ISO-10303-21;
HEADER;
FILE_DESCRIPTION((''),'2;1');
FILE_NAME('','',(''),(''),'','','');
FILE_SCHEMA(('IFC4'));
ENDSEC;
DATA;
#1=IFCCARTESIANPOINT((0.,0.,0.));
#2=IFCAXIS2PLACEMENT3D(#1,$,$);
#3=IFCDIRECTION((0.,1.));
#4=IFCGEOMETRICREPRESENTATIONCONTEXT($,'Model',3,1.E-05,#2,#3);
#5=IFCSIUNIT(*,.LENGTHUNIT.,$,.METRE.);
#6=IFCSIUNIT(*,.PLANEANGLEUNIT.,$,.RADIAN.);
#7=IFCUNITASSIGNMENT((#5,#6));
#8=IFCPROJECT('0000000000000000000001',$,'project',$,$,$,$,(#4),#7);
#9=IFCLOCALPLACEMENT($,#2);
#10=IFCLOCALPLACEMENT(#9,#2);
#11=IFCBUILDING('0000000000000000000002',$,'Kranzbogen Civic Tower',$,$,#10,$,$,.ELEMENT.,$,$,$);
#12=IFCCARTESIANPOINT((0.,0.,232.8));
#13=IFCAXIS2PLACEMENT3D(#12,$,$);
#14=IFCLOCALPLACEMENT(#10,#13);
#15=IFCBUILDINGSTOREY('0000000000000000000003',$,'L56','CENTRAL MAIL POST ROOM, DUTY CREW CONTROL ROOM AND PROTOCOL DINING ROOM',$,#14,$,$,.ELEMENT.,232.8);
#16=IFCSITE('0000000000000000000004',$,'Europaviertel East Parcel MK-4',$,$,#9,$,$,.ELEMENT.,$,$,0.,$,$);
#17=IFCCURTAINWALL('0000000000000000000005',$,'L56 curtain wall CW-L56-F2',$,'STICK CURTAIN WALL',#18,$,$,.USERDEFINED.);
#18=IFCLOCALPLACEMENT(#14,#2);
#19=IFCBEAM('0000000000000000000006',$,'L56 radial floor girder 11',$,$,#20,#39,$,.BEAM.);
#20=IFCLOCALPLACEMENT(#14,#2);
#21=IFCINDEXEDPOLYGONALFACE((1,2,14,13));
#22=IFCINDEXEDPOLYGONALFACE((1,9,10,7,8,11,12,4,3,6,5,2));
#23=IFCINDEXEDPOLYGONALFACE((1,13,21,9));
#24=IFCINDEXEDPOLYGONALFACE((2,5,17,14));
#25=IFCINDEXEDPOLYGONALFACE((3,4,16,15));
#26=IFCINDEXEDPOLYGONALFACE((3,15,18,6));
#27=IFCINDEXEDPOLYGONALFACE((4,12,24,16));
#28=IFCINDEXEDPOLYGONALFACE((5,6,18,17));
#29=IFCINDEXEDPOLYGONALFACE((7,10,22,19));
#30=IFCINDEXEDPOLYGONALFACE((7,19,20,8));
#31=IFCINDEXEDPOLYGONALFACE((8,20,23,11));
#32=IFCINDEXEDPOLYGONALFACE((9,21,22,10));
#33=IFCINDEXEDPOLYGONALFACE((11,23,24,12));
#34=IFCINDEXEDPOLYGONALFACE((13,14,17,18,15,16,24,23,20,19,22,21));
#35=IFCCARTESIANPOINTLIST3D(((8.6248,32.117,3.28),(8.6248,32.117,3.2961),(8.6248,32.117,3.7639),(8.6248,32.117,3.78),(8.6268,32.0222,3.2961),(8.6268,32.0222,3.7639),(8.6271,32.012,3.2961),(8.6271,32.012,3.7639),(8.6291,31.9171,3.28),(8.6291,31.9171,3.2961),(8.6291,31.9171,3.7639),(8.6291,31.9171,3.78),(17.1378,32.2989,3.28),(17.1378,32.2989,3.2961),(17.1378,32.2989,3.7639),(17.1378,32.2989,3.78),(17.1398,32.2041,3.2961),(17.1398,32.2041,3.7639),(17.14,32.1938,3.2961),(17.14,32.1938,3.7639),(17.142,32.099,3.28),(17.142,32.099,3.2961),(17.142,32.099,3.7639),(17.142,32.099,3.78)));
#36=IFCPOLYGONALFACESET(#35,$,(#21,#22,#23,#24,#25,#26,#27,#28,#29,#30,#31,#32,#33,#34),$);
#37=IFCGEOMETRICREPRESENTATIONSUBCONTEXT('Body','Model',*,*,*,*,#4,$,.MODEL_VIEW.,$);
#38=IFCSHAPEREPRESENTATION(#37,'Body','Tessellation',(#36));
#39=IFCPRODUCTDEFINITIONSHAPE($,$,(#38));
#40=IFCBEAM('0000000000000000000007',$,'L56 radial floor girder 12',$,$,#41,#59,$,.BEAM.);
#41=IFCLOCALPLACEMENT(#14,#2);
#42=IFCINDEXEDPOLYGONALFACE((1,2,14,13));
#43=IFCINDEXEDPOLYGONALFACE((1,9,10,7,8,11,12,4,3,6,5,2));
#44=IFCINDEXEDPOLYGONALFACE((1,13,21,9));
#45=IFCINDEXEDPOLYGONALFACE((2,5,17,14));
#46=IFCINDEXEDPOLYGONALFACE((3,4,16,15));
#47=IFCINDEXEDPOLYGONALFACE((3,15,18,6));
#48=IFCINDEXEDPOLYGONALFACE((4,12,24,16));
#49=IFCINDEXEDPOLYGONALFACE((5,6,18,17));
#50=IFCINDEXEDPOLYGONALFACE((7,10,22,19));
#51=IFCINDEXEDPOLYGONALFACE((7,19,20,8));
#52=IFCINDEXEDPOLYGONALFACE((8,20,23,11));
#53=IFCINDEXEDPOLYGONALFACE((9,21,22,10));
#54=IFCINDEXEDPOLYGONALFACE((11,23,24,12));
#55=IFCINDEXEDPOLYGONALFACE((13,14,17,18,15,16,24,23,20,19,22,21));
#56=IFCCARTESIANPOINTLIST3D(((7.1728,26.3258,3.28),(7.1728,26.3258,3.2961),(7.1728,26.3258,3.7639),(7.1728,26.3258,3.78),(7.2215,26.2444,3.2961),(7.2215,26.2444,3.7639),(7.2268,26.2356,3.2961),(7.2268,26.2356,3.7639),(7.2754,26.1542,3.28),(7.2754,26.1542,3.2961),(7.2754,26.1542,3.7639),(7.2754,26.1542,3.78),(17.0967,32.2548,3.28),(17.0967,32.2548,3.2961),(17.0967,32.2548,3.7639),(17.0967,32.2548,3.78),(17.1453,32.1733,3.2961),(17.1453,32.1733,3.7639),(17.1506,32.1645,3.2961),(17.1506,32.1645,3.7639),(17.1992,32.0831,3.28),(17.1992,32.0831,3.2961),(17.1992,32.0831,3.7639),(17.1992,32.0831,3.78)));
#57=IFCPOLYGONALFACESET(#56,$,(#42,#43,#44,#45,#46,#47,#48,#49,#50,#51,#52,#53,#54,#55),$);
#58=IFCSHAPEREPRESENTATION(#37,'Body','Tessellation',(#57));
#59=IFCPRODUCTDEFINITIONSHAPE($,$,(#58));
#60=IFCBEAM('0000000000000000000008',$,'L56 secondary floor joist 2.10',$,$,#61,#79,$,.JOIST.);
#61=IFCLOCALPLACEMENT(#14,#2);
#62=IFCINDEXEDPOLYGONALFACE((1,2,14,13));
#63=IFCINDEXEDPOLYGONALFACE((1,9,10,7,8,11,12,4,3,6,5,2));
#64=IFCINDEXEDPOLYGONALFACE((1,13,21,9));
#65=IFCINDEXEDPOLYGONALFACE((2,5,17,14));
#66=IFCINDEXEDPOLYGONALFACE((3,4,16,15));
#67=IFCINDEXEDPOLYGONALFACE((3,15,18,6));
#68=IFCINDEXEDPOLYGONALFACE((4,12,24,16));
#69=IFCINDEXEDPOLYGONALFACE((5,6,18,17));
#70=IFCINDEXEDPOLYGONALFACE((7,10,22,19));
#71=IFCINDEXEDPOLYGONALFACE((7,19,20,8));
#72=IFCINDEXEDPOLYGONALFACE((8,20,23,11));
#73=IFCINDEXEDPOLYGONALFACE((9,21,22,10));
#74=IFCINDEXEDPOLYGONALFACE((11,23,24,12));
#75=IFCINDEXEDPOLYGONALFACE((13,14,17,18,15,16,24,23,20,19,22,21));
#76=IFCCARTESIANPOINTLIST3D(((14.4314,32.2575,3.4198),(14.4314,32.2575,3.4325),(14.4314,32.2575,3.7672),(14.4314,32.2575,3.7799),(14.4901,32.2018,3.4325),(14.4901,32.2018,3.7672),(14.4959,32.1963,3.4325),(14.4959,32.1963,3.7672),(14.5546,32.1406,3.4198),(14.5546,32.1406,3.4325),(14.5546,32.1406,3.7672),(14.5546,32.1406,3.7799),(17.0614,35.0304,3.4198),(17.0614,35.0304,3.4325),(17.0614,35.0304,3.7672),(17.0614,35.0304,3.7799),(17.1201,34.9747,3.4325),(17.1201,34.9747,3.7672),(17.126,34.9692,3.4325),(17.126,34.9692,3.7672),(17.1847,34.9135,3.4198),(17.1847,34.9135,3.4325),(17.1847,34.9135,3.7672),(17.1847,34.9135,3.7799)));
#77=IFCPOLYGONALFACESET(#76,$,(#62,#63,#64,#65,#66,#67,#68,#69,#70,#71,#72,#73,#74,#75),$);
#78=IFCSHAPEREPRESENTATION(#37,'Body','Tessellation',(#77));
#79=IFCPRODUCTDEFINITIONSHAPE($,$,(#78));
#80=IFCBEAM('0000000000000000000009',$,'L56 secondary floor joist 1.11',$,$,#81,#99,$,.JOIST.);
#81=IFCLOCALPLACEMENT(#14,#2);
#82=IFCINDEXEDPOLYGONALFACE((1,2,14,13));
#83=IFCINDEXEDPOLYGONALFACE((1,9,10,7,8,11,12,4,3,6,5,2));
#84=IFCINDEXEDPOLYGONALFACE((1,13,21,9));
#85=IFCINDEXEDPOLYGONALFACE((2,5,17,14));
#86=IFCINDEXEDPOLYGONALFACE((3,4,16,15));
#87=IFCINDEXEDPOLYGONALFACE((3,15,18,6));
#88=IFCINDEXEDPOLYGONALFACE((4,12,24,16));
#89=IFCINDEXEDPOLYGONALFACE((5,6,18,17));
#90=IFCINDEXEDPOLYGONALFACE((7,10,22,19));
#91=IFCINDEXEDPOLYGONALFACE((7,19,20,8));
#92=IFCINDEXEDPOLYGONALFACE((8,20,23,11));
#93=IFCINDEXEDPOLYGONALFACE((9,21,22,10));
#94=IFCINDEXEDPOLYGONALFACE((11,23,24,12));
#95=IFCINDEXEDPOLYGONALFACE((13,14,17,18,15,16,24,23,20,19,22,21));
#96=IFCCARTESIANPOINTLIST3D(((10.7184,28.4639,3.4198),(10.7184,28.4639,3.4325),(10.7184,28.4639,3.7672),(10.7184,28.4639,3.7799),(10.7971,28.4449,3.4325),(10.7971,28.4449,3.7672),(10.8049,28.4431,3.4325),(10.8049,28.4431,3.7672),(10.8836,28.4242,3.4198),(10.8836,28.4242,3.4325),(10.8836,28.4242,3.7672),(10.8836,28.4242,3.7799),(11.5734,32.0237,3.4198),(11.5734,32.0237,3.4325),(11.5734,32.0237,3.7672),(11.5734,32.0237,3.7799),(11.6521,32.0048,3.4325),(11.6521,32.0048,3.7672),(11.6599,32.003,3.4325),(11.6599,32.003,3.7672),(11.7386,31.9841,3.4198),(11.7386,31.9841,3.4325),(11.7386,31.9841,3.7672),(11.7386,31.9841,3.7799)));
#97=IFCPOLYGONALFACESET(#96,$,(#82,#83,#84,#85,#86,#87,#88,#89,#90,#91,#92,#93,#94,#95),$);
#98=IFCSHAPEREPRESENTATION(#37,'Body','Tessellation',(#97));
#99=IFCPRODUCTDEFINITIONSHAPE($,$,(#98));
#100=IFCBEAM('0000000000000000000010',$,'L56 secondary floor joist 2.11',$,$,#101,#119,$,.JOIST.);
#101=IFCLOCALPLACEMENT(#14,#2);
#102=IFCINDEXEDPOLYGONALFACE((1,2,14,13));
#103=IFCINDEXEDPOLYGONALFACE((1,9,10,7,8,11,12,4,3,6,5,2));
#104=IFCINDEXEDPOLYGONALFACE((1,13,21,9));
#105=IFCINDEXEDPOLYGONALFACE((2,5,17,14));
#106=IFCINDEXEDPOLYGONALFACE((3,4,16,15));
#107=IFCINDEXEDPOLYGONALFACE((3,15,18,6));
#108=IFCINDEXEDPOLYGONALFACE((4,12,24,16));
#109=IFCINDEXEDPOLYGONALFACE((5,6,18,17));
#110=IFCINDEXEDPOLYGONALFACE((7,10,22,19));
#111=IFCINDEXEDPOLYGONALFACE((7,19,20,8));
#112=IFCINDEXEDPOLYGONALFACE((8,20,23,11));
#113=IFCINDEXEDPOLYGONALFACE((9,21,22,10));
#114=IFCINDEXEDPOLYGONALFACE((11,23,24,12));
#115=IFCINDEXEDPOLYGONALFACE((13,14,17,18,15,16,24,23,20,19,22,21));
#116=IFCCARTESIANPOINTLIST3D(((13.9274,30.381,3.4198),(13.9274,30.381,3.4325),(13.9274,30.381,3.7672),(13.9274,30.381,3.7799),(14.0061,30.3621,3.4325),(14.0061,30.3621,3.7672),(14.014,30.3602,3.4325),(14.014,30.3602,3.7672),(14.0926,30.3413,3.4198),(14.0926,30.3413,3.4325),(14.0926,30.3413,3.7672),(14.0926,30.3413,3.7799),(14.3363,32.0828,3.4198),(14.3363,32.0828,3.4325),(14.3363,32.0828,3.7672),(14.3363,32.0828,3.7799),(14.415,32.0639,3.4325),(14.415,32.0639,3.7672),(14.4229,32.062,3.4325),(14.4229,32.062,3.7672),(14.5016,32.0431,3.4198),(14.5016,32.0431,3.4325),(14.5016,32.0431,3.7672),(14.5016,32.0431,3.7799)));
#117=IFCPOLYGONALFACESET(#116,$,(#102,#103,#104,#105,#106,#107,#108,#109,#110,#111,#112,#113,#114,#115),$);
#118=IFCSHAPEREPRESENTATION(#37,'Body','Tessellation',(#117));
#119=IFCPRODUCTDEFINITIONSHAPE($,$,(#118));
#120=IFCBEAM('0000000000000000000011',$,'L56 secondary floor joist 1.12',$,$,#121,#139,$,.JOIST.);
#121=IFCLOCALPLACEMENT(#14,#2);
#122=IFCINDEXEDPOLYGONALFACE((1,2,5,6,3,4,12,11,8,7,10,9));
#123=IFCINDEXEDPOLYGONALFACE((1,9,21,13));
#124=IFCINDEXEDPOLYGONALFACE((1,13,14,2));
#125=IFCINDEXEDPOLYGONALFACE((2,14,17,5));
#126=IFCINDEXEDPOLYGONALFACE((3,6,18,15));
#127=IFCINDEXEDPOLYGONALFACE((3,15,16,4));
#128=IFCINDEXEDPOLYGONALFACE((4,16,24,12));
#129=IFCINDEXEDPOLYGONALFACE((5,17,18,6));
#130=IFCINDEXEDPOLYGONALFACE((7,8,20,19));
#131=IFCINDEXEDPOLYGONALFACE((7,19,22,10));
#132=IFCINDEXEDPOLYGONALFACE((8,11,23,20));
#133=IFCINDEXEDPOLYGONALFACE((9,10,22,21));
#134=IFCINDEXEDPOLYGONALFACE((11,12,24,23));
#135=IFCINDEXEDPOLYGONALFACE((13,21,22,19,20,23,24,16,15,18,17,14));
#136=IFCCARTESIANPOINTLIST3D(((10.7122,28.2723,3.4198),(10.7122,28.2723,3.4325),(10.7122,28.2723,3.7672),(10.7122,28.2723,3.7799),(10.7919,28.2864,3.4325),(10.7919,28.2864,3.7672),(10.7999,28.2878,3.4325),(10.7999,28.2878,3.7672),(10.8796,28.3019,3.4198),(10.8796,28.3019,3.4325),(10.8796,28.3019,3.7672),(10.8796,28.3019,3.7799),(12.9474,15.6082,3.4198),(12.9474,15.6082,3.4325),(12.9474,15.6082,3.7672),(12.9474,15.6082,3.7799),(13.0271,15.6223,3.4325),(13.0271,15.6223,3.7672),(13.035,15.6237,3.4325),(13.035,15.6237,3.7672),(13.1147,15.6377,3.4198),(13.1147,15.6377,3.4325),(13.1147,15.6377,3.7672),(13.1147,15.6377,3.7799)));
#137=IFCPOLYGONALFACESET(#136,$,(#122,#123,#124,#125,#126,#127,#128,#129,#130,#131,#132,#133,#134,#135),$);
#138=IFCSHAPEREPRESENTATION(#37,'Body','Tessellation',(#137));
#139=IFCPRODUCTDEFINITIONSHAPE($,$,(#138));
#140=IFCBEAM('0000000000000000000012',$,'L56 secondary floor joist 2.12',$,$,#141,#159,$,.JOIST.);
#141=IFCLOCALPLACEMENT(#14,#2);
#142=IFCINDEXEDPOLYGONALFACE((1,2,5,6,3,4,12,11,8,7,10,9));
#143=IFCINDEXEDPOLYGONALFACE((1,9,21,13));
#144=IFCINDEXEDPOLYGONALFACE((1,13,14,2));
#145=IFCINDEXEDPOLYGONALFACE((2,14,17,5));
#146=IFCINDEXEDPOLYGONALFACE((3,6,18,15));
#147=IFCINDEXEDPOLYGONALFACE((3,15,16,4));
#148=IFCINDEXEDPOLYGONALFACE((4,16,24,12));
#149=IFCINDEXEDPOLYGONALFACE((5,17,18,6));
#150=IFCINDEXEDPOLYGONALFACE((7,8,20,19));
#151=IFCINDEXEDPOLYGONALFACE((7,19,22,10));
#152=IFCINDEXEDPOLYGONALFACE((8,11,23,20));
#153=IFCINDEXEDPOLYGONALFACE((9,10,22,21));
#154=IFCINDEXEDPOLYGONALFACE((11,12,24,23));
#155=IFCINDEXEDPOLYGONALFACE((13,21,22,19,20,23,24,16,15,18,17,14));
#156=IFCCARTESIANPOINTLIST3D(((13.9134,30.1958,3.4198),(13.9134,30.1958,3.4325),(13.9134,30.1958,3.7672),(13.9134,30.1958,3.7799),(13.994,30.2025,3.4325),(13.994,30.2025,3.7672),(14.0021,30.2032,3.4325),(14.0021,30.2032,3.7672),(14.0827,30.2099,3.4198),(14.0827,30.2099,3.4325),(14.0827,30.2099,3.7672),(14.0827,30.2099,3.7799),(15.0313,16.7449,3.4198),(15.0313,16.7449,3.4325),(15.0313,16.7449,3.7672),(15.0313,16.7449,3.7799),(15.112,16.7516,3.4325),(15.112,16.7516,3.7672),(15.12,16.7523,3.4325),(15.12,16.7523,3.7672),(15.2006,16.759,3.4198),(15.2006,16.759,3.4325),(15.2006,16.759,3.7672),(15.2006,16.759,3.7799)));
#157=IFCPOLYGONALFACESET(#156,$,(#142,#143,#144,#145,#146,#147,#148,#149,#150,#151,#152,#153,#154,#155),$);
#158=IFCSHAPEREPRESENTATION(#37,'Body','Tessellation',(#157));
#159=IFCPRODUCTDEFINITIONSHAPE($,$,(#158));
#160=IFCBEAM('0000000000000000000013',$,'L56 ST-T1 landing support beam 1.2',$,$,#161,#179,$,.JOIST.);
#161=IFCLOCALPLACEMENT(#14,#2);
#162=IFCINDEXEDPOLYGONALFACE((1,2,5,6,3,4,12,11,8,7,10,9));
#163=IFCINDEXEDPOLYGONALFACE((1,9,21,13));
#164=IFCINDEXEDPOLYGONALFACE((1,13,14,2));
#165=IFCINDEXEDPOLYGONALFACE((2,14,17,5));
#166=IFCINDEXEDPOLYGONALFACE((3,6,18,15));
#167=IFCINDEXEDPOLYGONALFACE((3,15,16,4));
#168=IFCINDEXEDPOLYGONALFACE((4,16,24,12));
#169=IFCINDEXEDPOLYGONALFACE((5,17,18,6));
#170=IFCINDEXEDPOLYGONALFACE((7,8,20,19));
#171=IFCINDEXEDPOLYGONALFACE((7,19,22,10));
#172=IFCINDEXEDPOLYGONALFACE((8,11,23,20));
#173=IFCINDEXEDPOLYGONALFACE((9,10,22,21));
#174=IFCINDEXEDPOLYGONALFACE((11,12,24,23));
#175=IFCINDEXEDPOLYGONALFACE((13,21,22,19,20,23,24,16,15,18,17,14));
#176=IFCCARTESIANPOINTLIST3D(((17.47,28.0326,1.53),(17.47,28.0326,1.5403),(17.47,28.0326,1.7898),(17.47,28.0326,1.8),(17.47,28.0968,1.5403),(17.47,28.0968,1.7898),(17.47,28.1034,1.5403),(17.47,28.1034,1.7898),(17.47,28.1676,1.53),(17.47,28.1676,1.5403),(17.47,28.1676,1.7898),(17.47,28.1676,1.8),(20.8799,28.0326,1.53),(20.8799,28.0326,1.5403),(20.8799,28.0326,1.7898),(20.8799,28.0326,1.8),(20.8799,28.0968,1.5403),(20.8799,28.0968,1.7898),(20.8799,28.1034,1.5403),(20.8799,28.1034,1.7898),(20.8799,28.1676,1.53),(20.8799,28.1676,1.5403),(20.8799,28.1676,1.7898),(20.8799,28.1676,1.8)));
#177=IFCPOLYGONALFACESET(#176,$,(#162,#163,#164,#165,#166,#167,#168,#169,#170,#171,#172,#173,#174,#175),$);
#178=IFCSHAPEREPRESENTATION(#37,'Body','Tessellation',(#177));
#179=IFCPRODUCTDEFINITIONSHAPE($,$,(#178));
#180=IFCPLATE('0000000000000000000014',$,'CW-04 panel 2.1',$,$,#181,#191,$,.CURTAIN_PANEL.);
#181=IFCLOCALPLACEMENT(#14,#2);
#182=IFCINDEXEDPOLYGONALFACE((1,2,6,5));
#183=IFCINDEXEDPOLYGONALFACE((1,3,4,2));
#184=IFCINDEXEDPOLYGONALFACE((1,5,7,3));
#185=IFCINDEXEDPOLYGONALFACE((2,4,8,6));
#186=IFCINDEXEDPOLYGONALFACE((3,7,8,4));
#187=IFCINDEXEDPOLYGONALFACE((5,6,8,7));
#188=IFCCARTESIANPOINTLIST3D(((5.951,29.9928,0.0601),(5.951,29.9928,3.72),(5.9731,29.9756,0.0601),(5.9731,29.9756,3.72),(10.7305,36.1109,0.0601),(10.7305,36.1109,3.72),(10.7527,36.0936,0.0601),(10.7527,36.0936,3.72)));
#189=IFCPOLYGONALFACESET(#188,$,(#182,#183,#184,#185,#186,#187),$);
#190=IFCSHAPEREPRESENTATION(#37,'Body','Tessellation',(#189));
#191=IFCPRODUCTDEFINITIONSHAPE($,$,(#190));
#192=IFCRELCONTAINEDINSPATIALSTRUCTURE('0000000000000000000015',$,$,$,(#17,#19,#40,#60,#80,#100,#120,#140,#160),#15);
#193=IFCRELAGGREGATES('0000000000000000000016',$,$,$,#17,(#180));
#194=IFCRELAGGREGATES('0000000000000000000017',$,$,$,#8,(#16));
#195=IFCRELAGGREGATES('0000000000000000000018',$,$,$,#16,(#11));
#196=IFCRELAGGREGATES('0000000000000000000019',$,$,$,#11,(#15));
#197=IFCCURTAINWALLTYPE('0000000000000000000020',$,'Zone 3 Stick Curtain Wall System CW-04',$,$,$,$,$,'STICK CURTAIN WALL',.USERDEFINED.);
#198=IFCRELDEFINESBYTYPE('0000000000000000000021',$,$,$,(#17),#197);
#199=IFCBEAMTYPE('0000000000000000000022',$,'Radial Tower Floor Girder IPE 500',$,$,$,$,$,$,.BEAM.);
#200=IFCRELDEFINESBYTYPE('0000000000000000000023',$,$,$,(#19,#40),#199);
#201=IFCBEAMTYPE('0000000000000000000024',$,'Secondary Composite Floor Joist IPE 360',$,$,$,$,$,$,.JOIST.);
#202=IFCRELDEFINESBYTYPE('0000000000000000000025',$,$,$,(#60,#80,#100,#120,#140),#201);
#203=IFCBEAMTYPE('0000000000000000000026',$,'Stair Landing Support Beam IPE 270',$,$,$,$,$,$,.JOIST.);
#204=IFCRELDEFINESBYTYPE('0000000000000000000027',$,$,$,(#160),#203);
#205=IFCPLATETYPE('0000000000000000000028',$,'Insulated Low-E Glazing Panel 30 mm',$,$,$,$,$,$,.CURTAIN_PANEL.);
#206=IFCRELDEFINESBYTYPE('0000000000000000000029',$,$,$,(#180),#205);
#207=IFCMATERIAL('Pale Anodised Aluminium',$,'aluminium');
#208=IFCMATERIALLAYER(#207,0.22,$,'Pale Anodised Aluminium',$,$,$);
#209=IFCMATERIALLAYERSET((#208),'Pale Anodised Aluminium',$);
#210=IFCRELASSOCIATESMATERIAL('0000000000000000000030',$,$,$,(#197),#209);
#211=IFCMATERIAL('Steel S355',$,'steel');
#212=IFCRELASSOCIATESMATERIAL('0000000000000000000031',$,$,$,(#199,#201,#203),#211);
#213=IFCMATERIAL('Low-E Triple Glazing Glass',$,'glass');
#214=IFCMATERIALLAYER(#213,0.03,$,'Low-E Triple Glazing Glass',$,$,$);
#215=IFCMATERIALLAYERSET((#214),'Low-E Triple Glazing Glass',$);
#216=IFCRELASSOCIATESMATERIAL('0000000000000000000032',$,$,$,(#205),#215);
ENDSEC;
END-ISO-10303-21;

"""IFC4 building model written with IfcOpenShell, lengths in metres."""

from ifc_helpers import new_model, si_unit, direction, frame, origin, origin_2d, place, context, subcontext, project, spatial, rectangle, i_section, extrude, material, layer, layer_set, material_profile, profile_set, type_object, element, aggregate, save


model = new_model("IFC4")

# Units and contexts
model_context = context("Model", 3, precision=1e-05, world=origin(), true_north=direction((0.0, 1.0)))
body_context = subcontext(model_context, "Body", "Model", "MODEL_VIEW")
ifc_project = project(units=[si_unit("LENGTHUNIT", "METRE"), si_unit("PLANEANGLEUNIT", "RADIAN")], contexts=[model_context])

# Site, building, storey
site_placement = place(None, origin())
site = spatial("IfcSite", under=ifc_project, at=site_placement, Name="Europaviertel East Parcel MK-4", CompositionType="ELEMENT", RefElevation=0.0)
building_placement = place(site_placement, origin())
building = spatial("IfcBuilding", under=site, at=building_placement, Name="Kranzbogen Civic Tower", CompositionType="ELEMENT")
storey_placement = place(building_placement, frame((0.0, 0.0, 232.8)))
storey = spatial("IfcBuildingStorey", under=building, at=storey_placement, Name="L56", Description="CENTRAL MAIL POST ROOM, DUTY CREW CONTROL ROOM AND PROTOCOL DINING ROOM", CompositionType="ELEMENT", Elevation=232.8)

# Shared definitions
ifc_material_1 = material(Name="Steel S355", Category="steel")

# Curtain wall
ifc_material_2 = material(Name="Pale Anodised Aluminium", Category="aluminium")
ifc_layer_1 = layer(ifc_material_2, 0.22, Name="Pale Anodised Aluminium")
ifc_layer_set_1 = layer_set([ifc_layer_1], Name="Pale Anodised Aluminium")
curtain_wall_type = type_object("IfcCurtainWallType", Name="Zone 3 Stick Curtain Wall System CW-04", ElementType="STICK CURTAIN WALL", PredefinedType="USERDEFINED", material=ifc_layer_set_1)
curtain_wall_placement = place(storey_placement, origin())
curtain_wall = element("IfcCurtainWall", 1, at=curtain_wall_placement, inside=storey, type_object=curtain_wall_type, Name="L56 curtain wall CW-L56-F2", ObjectType="STICK CURTAIN WALL", PredefinedType="USERDEFINED")

# Beams
ifc_material_profile_1 = material_profile(ifc_material_1, i_section(OverallWidth=0.2, OverallDepth=0.5, WebThickness=0.0103, FlangeThickness=0.0161, at=origin_2d()), Name="IPE 500")
ifc_profile_set_1 = profile_set([ifc_material_profile_1], Name="Steel S355")
beam_type_1 = type_object("IfcBeamType", Name="Radial Tower Floor Girder IPE 500", PredefinedType="BEAM", material=ifc_profile_set_1)
beam_1_placement = place(storey_placement, frame((8.627, 32.0171, 3.53), z_axis=(0.999772, 0.021361, 0.0), x_axis=(-0.021361, 0.999772, 0.0)))
element("IfcBeam", 2, at=beam_1_placement, inside=storey, type_object=beam_type_1, Name="L56 radial floor girder 11", PredefinedType="BEAM", context=body_context, shape_type="SweptSolid", body=[
    extrude(i_section(OverallWidth=0.2, OverallDepth=0.5, WebThickness=0.0103, FlangeThickness=0.0161, at=origin_2d()), origin(), (0.0, 0.0, 1.0), 8.5149),
])
beam_2_placement = place(storey_placement, frame((7.2241, 26.24, 3.53), z_axis=(0.858459, 0.512883, 0.0), x_axis=(-0.512883, 0.858459, 0.0)))
element("IfcBeam", 3, at=beam_2_placement, inside=storey, type_object=beam_type_1, Name="L56 radial floor girder 12", PredefinedType="BEAM", context=body_context, shape_type="SweptSolid", body=[
    extrude(i_section(OverallWidth=0.2, OverallDepth=0.5, WebThickness=0.0103, FlangeThickness=0.0161, at=origin_2d()), origin(), (0.0, 0.0, 1.0), 11.5601),
])
ifc_material_profile_2 = material_profile(ifc_material_1, i_section(OverallWidth=0.1699, OverallDepth=0.3601, WebThickness=0.0081, FlangeThickness=0.0127, at=origin_2d()), Name="IPE 360")
ifc_profile_set_2 = profile_set([ifc_material_profile_2], Name="Steel S355")
beam_type_2 = type_object("IfcBeamType", Name="Secondary Composite Floor Joist IPE 360", PredefinedType="JOIST", material=ifc_profile_set_2)
beam_3_placement = place(storey_placement, frame((17.123, 34.9719, 3.5999), z_axis=(-0.688175, -0.725545, 0.0), x_axis=(0.725545, -0.688175, 0.0)))
element("IfcBeam", 4, at=beam_3_placement, inside=storey, type_object=beam_type_2, Name="L56 secondary floor joist 2.10", PredefinedType="JOIST", context=body_context, shape_type="SweptSolid", body=[
    extrude(i_section(OverallWidth=0.1699, OverallDepth=0.3601, WebThickness=0.0081, FlangeThickness=0.0127, at=origin_2d()), origin(), (0.0, 0.0, 1.0), 3.8218),
])
beam_4_placement = place(storey_placement, frame((11.656, 32.0039, 3.5999), z_axis=(-0.233534, -0.972349, 0.0), x_axis=(0.972349, -0.233534, 0.0)))
element("IfcBeam", 5, at=beam_4_placement, inside=storey, type_object=beam_type_2, Name="L56 secondary floor joist 1.11", PredefinedType="JOIST", context=body_context, shape_type="SweptSolid", body=[
    extrude(i_section(OverallWidth=0.1699, OverallDepth=0.3601, WebThickness=0.0081, FlangeThickness=0.0127, at=origin_2d()), origin(), (0.0, 0.0, 1.0), 3.6611),
])
beam_5_placement = place(storey_placement, frame((14.4189, 32.063, 3.5999), z_axis=(-0.233631, -0.972325, 0.0), x_axis=(0.972325, -0.233631, 0.0)))
element("IfcBeam", 6, at=beam_5_placement, inside=storey, type_object=beam_type_2, Name="L56 secondary floor joist 2.11", PredefinedType="JOIST", context=body_context, shape_type="SweptSolid", body=[
    extrude(i_section(OverallWidth=0.1699, OverallDepth=0.3601, WebThickness=0.0081, FlangeThickness=0.0127, at=origin_2d()), origin(), (0.0, 0.0, 1.0), 1.7502),
])
beam_6_placement = place(storey_placement, frame((10.7959, 28.2871, 3.5999), z_axis=(0.173806, -0.98478, 0.0), x_axis=(0.98478, 0.173806, 0.0)))
element("IfcBeam", 7, at=beam_6_placement, inside=storey, type_object=beam_type_2, Name="L56 secondary floor joist 1.12", PredefinedType="JOIST", context=body_context, shape_type="SweptSolid", body=[
    extrude(i_section(OverallWidth=0.1699, OverallDepth=0.3601, WebThickness=0.0081, FlangeThickness=0.0127, at=origin_2d()), origin(), (0.0, 0.0, 1.0), 12.8599),
])
beam_7_placement = place(storey_placement, frame((13.998, 30.2029, 3.5999), z_axis=(0.082825, -0.996564, 0.0), x_axis=(0.996564, 0.082825, 0.0)))
element("IfcBeam", 8, at=beam_7_placement, inside=storey, type_object=beam_type_2, Name="L56 secondary floor joist 2.12", PredefinedType="JOIST", context=body_context, shape_type="SweptSolid", body=[
    extrude(i_section(OverallWidth=0.1699, OverallDepth=0.3601, WebThickness=0.0081, FlangeThickness=0.0127, at=origin_2d()), origin(), (0.0, 0.0, 1.0), 13.4973),
])
ifc_material_profile_3 = material_profile(ifc_material_1, i_section(OverallWidth=0.135, OverallDepth=0.27, WebThickness=0.0066, FlangeThickness=0.0103, at=origin_2d()), Name="IPE 270")
ifc_profile_set_3 = profile_set([ifc_material_profile_3], Name="Steel S355")
beam_type_3 = type_object("IfcBeamType", Name="Stair Landing Support Beam IPE 270", PredefinedType="JOIST", material=ifc_profile_set_3)
beam_8_placement = place(storey_placement, frame((20.8799, 28.1001, 1.665), z_axis=(-1.0, 0.0, 0.0), x_axis=(0.0, -1.0, 0.0)))
element("IfcBeam", 9, at=beam_8_placement, inside=storey, type_object=beam_type_3, Name="L56 ST-T1 landing support beam 1.2", PredefinedType="JOIST", context=body_context, shape_type="SweptSolid", body=[
    extrude(i_section(OverallWidth=0.135, OverallDepth=0.27, WebThickness=0.0066, FlangeThickness=0.0103, at=origin_2d()), origin(), (0.0, 0.0, 1.0), 3.4099),
])

# Plate
ifc_material_3 = material(Name="Low-E Triple Glazing Glass", Category="glass")
ifc_layer_2 = layer(ifc_material_3, 0.03, Name="Low-E Triple Glazing Glass")
ifc_layer_set_2 = layer_set([ifc_layer_2], Name="Low-E Triple Glazing Glass")
plate_type = type_object("IfcPlateType", Name="Insulated Low-E Glazing Panel 30 mm", PredefinedType="CURTAIN_PANEL", material=ifc_layer_set_2)
plate_placement = place(storey_placement, frame((8.3518, 33.0432, 0.0601), z_axis=(0.0, 0.0, 1.0), x_axis=(-0.615632, -0.788034, 0.0)))
plate = element("IfcPlate", 10, at=plate_placement, type_object=plate_type, Name="CW-04 panel 2.1", PredefinedType="CURTAIN_PANEL", context=body_context, shape_type="SweptSolid", body=[
    extrude(rectangle(XDim=7.7637, YDim=0.0281, at=origin_2d()), origin(), (0.0, 0.0, 1.0), 3.6599),
])
aggregate(curtain_wall, [plate])

save(model, "model.ifc")
